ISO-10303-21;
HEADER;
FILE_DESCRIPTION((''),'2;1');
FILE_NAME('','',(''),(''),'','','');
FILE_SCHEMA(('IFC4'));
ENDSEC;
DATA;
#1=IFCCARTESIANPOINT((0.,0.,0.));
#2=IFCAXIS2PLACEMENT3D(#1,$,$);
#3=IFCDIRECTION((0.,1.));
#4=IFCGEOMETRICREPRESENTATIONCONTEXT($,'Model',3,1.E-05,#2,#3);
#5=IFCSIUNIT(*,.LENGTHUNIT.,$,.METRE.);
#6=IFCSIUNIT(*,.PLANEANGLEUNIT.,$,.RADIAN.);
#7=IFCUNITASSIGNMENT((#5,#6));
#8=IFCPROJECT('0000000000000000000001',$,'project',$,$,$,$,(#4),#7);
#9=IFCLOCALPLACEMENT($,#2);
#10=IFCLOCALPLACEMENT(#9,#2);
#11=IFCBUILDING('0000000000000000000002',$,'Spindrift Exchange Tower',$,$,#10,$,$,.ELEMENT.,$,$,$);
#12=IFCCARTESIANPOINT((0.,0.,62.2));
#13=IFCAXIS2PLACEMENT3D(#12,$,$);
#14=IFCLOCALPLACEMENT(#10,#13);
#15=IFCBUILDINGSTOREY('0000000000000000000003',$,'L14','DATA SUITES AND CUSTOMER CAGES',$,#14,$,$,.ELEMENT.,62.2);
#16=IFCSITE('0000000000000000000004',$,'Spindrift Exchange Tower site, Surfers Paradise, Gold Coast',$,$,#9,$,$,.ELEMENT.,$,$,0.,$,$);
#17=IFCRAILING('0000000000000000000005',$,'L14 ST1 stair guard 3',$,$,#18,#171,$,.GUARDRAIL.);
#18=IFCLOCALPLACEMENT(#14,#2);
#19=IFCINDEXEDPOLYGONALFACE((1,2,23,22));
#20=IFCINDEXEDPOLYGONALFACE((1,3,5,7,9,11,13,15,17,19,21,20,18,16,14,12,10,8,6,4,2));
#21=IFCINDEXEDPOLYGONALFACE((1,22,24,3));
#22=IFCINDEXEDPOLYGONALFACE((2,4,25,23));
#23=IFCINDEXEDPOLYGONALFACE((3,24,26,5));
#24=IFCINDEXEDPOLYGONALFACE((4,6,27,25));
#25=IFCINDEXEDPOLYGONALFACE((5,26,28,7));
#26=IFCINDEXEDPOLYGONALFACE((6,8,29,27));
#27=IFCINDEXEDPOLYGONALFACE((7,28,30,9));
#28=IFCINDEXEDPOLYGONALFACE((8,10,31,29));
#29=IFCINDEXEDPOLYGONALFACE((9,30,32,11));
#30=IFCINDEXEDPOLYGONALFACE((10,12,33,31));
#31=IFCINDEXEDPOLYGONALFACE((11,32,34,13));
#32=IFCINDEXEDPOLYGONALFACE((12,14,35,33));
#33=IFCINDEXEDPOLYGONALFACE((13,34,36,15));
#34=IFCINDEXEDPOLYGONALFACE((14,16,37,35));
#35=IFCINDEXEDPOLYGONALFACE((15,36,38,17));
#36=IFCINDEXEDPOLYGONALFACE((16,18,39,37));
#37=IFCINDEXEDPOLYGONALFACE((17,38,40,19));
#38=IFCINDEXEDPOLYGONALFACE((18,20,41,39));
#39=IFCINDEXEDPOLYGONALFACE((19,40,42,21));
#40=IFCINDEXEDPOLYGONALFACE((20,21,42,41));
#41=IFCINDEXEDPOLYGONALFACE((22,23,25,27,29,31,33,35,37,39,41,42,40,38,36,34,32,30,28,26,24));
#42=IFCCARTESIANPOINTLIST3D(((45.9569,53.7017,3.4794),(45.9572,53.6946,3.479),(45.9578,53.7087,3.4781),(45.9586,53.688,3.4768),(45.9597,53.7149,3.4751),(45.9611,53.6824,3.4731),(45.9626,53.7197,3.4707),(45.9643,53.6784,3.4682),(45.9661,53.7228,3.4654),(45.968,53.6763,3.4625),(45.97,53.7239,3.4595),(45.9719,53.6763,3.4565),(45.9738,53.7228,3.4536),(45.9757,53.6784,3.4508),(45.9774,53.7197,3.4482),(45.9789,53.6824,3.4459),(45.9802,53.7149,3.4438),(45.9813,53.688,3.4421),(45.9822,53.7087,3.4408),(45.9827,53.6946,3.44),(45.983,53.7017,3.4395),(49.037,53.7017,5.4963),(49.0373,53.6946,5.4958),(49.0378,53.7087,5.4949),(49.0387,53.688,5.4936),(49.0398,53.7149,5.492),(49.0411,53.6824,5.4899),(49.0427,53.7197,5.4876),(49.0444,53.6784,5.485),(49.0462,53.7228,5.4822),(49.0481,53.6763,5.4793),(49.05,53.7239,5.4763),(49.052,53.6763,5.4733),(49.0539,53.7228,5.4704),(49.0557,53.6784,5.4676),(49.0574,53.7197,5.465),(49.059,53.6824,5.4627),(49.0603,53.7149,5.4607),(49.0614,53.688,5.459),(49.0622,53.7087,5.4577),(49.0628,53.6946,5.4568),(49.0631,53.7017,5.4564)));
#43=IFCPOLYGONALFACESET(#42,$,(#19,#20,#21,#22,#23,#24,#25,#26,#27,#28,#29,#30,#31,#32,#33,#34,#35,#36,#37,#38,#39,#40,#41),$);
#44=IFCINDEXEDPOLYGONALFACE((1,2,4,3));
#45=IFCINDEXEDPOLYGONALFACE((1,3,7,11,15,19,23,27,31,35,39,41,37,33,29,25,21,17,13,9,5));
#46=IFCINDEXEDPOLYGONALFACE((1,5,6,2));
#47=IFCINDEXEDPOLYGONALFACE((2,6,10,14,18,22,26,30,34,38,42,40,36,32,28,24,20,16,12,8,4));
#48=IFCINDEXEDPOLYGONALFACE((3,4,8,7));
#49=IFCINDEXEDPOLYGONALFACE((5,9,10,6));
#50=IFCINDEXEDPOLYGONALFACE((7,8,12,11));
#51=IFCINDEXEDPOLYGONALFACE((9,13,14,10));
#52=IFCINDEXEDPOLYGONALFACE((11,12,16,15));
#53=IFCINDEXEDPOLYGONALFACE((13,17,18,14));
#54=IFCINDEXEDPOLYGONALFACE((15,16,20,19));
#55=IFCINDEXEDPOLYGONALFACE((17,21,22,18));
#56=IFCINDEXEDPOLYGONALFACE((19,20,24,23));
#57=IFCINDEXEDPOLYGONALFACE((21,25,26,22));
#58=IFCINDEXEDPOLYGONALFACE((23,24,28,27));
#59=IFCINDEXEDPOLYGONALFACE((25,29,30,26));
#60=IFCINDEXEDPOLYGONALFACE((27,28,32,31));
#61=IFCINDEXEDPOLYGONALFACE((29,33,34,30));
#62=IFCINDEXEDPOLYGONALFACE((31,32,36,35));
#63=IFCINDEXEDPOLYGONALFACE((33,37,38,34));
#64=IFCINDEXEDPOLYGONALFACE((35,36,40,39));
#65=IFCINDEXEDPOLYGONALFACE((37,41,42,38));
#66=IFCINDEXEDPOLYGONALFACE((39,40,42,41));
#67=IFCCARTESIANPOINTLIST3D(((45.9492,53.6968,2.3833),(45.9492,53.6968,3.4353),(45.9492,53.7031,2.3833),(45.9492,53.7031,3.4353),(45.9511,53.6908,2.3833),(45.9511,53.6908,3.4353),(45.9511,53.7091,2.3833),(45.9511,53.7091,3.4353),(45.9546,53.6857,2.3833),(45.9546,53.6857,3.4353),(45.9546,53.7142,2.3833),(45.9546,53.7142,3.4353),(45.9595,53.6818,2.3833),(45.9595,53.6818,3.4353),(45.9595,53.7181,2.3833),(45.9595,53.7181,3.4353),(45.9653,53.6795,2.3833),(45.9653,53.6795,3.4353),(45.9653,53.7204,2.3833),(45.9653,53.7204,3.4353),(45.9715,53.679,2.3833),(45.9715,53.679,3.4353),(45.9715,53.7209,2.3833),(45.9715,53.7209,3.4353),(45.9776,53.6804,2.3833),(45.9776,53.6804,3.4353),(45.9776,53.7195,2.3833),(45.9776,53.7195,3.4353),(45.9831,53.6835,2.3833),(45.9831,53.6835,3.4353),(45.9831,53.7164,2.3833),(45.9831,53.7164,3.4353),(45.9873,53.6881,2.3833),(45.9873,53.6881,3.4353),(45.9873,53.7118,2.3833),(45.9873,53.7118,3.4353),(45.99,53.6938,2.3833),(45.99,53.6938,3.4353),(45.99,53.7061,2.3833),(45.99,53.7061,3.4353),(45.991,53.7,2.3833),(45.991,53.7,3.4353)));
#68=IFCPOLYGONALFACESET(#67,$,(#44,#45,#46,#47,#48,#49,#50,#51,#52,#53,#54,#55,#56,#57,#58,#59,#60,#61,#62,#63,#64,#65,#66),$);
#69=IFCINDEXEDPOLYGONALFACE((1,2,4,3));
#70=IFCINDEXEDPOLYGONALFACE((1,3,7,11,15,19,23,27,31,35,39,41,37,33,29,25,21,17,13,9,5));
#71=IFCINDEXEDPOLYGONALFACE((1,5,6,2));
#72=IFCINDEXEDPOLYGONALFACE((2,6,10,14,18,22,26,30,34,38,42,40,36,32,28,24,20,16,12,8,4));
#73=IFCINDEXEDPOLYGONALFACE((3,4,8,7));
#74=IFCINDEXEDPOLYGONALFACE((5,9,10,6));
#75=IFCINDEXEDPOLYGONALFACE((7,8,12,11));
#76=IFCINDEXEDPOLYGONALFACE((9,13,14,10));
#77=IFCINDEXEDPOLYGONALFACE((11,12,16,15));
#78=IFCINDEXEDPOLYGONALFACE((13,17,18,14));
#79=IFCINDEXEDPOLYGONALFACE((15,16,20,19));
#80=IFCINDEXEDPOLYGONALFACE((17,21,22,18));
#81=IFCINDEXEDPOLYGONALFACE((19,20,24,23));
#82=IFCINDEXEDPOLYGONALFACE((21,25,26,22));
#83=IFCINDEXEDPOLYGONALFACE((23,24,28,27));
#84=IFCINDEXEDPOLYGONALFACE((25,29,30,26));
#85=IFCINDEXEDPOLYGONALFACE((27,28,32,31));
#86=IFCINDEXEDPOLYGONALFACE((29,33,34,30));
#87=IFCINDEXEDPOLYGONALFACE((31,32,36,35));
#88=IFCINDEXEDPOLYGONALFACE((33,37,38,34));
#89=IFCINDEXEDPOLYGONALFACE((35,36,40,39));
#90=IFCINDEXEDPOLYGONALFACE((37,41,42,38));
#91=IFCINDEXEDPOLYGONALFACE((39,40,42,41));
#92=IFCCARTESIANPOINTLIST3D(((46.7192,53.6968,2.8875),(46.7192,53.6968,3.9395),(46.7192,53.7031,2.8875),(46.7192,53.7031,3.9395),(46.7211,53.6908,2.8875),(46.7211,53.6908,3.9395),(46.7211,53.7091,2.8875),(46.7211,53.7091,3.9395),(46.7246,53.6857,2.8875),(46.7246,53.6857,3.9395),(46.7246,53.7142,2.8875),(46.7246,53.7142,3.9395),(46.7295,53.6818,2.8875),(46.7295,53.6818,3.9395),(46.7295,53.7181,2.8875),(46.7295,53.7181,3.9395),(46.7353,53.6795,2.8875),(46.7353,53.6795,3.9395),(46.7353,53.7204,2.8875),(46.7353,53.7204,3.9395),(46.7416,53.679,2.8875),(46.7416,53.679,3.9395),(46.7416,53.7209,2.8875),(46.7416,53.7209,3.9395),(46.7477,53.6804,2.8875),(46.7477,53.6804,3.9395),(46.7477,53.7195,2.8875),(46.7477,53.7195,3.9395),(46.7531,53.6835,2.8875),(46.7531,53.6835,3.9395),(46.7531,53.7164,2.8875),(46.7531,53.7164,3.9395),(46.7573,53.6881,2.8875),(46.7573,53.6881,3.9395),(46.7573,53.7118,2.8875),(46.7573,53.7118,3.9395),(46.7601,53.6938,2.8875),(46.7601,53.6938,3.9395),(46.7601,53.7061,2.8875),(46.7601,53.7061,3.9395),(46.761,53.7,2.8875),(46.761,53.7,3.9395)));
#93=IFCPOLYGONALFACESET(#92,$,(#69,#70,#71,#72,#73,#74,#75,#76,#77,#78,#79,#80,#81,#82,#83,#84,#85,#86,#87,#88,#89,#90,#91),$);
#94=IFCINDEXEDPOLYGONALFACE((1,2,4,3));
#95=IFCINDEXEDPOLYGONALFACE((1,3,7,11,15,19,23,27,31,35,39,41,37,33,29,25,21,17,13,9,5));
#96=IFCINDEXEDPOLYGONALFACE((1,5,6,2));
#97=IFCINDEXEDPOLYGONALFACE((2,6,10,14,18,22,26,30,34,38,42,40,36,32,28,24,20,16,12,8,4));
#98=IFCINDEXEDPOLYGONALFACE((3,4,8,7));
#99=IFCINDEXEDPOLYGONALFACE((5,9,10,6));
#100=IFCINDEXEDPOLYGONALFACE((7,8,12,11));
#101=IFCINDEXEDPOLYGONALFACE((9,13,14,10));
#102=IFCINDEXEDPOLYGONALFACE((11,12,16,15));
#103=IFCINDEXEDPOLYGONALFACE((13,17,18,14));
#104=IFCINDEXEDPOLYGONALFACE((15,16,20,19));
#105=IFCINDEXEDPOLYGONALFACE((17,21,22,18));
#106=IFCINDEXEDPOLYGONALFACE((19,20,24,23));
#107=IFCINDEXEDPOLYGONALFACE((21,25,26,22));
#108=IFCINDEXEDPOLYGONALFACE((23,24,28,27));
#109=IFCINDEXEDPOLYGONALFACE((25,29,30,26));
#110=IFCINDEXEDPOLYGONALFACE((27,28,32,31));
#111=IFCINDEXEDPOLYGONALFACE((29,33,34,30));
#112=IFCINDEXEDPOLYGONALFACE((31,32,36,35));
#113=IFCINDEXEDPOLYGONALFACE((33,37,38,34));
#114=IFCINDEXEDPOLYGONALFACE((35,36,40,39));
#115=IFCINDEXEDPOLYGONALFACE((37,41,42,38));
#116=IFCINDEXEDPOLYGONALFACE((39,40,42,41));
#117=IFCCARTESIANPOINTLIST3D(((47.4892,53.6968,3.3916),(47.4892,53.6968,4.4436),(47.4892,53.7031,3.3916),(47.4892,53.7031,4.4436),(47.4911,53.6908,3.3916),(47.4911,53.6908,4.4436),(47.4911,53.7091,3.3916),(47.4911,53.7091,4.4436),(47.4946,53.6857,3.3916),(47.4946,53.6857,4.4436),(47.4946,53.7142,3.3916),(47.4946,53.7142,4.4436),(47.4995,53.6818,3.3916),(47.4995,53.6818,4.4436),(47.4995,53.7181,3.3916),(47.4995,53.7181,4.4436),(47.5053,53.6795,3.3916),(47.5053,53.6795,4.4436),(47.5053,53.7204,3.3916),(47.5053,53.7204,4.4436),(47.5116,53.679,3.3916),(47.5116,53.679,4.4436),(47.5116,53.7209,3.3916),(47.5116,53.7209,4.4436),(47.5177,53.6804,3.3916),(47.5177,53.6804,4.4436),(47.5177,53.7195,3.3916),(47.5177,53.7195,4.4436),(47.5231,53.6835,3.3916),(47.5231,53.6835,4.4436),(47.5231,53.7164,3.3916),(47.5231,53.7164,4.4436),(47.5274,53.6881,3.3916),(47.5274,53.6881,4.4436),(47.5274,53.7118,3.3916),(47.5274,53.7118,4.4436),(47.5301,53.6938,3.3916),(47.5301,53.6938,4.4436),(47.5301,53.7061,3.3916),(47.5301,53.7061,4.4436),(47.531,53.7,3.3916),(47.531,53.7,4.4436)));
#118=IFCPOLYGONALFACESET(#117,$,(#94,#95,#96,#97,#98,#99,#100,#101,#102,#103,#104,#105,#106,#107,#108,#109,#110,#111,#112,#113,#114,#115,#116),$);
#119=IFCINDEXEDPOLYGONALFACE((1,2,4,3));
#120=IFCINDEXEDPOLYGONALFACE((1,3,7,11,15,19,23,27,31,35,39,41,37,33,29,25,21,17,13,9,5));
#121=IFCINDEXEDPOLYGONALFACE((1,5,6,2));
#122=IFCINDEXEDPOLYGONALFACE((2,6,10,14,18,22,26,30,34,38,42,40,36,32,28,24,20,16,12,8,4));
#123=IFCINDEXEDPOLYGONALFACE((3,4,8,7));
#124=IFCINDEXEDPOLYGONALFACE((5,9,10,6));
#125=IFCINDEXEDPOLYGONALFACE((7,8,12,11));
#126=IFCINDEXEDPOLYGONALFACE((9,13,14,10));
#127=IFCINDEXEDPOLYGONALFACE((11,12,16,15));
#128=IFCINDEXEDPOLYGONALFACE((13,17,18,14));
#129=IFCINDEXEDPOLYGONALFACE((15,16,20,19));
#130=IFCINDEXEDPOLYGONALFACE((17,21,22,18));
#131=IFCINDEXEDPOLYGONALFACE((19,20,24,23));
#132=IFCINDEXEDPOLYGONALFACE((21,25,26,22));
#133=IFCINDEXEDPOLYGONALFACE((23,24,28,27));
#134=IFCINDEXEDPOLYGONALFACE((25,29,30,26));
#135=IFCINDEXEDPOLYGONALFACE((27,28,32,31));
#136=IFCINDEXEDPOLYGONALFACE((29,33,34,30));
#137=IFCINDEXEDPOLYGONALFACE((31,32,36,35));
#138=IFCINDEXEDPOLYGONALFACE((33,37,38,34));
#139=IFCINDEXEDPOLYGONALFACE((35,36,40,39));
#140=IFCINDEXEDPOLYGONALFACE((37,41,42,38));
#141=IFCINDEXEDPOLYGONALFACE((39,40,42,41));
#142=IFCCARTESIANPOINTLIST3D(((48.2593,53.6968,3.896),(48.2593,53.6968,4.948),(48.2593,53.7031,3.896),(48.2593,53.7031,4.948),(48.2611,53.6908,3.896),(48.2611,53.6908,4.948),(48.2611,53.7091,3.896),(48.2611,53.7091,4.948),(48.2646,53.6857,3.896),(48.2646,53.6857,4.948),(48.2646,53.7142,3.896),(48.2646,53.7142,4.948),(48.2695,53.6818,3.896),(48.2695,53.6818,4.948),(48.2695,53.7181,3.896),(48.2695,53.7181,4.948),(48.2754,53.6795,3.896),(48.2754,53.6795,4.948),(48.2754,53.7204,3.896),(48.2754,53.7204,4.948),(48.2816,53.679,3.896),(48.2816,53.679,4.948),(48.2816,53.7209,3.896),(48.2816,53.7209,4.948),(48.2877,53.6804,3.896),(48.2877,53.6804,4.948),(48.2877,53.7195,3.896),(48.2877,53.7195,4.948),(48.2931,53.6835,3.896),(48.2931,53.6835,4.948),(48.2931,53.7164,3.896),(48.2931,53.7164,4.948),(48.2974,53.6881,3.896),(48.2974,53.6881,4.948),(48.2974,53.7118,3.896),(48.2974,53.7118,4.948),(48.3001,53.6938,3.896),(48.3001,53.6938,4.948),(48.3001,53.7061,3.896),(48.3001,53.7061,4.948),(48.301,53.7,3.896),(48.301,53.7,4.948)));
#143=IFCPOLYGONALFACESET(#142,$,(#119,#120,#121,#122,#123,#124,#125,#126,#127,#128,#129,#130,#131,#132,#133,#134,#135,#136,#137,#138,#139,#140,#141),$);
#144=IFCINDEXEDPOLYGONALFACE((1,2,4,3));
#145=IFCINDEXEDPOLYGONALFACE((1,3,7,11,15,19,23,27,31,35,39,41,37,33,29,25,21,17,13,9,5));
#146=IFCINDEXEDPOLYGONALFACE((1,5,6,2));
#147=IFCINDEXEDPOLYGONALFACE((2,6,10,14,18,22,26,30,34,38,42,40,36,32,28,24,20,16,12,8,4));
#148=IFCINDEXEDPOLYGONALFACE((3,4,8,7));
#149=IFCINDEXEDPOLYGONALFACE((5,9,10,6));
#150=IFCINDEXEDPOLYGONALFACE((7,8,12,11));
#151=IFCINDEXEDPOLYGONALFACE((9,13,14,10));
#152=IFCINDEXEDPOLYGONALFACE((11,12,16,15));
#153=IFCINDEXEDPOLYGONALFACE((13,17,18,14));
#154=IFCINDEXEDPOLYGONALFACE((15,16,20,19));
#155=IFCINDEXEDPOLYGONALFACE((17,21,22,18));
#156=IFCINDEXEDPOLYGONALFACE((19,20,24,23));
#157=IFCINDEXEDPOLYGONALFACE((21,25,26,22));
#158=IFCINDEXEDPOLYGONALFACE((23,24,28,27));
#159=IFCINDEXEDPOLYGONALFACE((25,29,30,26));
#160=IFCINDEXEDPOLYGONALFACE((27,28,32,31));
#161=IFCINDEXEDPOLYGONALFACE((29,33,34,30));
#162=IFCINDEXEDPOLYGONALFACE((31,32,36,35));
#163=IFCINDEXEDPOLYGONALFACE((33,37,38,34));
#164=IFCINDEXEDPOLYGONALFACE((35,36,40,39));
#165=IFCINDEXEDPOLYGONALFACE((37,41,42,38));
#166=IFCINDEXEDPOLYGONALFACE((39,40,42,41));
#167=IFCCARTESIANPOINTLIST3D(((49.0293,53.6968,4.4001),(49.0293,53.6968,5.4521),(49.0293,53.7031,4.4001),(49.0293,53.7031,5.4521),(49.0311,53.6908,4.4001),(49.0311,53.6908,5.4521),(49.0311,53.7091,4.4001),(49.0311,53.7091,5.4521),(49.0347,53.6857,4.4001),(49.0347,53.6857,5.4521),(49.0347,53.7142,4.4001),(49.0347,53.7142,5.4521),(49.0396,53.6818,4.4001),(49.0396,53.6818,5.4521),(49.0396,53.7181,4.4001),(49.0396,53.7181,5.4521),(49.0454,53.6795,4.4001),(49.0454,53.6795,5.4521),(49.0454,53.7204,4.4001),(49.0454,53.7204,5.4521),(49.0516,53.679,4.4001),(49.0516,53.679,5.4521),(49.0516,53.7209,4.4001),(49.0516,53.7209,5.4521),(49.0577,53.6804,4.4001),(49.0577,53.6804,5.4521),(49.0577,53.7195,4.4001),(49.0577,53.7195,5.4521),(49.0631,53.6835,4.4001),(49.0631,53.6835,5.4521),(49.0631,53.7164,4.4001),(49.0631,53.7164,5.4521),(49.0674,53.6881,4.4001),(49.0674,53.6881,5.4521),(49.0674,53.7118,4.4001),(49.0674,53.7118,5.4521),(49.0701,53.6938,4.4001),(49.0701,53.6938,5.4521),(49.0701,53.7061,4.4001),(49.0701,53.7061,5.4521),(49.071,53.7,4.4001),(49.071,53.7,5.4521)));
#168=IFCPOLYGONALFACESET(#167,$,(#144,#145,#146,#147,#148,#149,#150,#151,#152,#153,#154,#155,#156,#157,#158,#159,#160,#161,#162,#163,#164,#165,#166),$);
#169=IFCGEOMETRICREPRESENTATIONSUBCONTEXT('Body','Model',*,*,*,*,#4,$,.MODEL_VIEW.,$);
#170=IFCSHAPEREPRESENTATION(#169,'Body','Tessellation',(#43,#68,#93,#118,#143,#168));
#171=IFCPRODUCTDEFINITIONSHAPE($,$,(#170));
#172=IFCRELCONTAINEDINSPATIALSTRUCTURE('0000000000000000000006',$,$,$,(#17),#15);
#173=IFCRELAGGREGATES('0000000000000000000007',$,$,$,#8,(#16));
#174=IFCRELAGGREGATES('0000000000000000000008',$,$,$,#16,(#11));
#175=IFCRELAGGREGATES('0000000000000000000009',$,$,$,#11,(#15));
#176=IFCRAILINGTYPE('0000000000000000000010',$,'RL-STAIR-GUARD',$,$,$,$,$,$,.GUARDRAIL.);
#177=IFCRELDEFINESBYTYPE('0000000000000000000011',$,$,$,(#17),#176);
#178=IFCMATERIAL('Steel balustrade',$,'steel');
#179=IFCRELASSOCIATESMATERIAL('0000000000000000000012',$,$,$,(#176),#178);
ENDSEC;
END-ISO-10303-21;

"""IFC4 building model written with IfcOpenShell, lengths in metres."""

from ifc_helpers import new_model, si_unit, direction, frame, origin, origin_2d, place, context, subcontext, project, spatial, circle, extrude, material, type_object, element, save


model = new_model("IFC4")

# Units and contexts
model_context = context("Model", 3, precision=1e-05, world=origin(), true_north=direction((0.0, 1.0)))
body_context = subcontext(model_context, "Body", "Model", "MODEL_VIEW")
ifc_project = project(units=[si_unit("LENGTHUNIT", "METRE"), si_unit("PLANEANGLEUNIT", "RADIAN")], contexts=[model_context])

# Site, building, storey
site_placement = place(None, origin())
site = spatial("IfcSite", under=ifc_project, at=site_placement, Name="Spindrift Exchange Tower site, Surfers Paradise, Gold Coast", CompositionType="ELEMENT", RefElevation=0.0)
building_placement = place(site_placement, origin())
building = spatial("IfcBuilding", under=site, at=building_placement, Name="Spindrift Exchange Tower", CompositionType="ELEMENT")
storey_placement = place(building_placement, frame((0.0, 0.0, 62.2)))
storey = spatial("IfcBuildingStorey", under=building, at=storey_placement, Name="L14", Description="DATA SUITES AND CUSTOMER CAGES", CompositionType="ELEMENT", Elevation=62.2)

# Railing
ifc_material_1 = material(Name="Steel balustrade", Category="steel")
railing_type_1 = type_object("IfcRailingType", Name="RL-STAIR-GUARD", PredefinedType="GUARDRAIL", material=ifc_material_1)
railing_1_placement = place(storey_placement, frame((45.97, 53.7, 2.3833)))
element("IfcRailing", 1, at=railing_1_placement, inside=storey, type_object=railing_type_1, Name="L14 ST1 stair guard 3", PredefinedType="GUARDRAIL", context=body_context, shape_type="SweptSolid", body=[
    extrude(circle(Radius=0.0239, at=origin_2d()), frame((0.0, 0.0, 1.0762), z_axis=(0.836603, 0.0, 0.54781), x_axis=(0.0, 1.0, 0.0)), (0.0, 0.0, 1.0), 3.6816),
    extrude(circle(Radius=0.021, at=origin_2d()), origin(), (0.0, 0.0, 1.0), 1.052),
    extrude(circle(Radius=0.021, at=origin_2d()), frame((0.77, 0.0, 0.5042)), (0.0, 0.0, 1.0), 1.052),
    extrude(circle(Radius=0.021, at=origin_2d()), frame((1.54, 0.0, 1.0083)), (0.0, 0.0, 1.0), 1.052),
    extrude(circle(Radius=0.021, at=origin_2d()), frame((2.3101, 0.0, 1.5127)), (0.0, 0.0, 1.0), 1.052),
    extrude(circle(Radius=0.021, at=origin_2d()), frame((3.0801, 0.0, 2.0168)), (0.0, 0.0, 1.0), 1.052),
])

save(model, "model.ifc")
